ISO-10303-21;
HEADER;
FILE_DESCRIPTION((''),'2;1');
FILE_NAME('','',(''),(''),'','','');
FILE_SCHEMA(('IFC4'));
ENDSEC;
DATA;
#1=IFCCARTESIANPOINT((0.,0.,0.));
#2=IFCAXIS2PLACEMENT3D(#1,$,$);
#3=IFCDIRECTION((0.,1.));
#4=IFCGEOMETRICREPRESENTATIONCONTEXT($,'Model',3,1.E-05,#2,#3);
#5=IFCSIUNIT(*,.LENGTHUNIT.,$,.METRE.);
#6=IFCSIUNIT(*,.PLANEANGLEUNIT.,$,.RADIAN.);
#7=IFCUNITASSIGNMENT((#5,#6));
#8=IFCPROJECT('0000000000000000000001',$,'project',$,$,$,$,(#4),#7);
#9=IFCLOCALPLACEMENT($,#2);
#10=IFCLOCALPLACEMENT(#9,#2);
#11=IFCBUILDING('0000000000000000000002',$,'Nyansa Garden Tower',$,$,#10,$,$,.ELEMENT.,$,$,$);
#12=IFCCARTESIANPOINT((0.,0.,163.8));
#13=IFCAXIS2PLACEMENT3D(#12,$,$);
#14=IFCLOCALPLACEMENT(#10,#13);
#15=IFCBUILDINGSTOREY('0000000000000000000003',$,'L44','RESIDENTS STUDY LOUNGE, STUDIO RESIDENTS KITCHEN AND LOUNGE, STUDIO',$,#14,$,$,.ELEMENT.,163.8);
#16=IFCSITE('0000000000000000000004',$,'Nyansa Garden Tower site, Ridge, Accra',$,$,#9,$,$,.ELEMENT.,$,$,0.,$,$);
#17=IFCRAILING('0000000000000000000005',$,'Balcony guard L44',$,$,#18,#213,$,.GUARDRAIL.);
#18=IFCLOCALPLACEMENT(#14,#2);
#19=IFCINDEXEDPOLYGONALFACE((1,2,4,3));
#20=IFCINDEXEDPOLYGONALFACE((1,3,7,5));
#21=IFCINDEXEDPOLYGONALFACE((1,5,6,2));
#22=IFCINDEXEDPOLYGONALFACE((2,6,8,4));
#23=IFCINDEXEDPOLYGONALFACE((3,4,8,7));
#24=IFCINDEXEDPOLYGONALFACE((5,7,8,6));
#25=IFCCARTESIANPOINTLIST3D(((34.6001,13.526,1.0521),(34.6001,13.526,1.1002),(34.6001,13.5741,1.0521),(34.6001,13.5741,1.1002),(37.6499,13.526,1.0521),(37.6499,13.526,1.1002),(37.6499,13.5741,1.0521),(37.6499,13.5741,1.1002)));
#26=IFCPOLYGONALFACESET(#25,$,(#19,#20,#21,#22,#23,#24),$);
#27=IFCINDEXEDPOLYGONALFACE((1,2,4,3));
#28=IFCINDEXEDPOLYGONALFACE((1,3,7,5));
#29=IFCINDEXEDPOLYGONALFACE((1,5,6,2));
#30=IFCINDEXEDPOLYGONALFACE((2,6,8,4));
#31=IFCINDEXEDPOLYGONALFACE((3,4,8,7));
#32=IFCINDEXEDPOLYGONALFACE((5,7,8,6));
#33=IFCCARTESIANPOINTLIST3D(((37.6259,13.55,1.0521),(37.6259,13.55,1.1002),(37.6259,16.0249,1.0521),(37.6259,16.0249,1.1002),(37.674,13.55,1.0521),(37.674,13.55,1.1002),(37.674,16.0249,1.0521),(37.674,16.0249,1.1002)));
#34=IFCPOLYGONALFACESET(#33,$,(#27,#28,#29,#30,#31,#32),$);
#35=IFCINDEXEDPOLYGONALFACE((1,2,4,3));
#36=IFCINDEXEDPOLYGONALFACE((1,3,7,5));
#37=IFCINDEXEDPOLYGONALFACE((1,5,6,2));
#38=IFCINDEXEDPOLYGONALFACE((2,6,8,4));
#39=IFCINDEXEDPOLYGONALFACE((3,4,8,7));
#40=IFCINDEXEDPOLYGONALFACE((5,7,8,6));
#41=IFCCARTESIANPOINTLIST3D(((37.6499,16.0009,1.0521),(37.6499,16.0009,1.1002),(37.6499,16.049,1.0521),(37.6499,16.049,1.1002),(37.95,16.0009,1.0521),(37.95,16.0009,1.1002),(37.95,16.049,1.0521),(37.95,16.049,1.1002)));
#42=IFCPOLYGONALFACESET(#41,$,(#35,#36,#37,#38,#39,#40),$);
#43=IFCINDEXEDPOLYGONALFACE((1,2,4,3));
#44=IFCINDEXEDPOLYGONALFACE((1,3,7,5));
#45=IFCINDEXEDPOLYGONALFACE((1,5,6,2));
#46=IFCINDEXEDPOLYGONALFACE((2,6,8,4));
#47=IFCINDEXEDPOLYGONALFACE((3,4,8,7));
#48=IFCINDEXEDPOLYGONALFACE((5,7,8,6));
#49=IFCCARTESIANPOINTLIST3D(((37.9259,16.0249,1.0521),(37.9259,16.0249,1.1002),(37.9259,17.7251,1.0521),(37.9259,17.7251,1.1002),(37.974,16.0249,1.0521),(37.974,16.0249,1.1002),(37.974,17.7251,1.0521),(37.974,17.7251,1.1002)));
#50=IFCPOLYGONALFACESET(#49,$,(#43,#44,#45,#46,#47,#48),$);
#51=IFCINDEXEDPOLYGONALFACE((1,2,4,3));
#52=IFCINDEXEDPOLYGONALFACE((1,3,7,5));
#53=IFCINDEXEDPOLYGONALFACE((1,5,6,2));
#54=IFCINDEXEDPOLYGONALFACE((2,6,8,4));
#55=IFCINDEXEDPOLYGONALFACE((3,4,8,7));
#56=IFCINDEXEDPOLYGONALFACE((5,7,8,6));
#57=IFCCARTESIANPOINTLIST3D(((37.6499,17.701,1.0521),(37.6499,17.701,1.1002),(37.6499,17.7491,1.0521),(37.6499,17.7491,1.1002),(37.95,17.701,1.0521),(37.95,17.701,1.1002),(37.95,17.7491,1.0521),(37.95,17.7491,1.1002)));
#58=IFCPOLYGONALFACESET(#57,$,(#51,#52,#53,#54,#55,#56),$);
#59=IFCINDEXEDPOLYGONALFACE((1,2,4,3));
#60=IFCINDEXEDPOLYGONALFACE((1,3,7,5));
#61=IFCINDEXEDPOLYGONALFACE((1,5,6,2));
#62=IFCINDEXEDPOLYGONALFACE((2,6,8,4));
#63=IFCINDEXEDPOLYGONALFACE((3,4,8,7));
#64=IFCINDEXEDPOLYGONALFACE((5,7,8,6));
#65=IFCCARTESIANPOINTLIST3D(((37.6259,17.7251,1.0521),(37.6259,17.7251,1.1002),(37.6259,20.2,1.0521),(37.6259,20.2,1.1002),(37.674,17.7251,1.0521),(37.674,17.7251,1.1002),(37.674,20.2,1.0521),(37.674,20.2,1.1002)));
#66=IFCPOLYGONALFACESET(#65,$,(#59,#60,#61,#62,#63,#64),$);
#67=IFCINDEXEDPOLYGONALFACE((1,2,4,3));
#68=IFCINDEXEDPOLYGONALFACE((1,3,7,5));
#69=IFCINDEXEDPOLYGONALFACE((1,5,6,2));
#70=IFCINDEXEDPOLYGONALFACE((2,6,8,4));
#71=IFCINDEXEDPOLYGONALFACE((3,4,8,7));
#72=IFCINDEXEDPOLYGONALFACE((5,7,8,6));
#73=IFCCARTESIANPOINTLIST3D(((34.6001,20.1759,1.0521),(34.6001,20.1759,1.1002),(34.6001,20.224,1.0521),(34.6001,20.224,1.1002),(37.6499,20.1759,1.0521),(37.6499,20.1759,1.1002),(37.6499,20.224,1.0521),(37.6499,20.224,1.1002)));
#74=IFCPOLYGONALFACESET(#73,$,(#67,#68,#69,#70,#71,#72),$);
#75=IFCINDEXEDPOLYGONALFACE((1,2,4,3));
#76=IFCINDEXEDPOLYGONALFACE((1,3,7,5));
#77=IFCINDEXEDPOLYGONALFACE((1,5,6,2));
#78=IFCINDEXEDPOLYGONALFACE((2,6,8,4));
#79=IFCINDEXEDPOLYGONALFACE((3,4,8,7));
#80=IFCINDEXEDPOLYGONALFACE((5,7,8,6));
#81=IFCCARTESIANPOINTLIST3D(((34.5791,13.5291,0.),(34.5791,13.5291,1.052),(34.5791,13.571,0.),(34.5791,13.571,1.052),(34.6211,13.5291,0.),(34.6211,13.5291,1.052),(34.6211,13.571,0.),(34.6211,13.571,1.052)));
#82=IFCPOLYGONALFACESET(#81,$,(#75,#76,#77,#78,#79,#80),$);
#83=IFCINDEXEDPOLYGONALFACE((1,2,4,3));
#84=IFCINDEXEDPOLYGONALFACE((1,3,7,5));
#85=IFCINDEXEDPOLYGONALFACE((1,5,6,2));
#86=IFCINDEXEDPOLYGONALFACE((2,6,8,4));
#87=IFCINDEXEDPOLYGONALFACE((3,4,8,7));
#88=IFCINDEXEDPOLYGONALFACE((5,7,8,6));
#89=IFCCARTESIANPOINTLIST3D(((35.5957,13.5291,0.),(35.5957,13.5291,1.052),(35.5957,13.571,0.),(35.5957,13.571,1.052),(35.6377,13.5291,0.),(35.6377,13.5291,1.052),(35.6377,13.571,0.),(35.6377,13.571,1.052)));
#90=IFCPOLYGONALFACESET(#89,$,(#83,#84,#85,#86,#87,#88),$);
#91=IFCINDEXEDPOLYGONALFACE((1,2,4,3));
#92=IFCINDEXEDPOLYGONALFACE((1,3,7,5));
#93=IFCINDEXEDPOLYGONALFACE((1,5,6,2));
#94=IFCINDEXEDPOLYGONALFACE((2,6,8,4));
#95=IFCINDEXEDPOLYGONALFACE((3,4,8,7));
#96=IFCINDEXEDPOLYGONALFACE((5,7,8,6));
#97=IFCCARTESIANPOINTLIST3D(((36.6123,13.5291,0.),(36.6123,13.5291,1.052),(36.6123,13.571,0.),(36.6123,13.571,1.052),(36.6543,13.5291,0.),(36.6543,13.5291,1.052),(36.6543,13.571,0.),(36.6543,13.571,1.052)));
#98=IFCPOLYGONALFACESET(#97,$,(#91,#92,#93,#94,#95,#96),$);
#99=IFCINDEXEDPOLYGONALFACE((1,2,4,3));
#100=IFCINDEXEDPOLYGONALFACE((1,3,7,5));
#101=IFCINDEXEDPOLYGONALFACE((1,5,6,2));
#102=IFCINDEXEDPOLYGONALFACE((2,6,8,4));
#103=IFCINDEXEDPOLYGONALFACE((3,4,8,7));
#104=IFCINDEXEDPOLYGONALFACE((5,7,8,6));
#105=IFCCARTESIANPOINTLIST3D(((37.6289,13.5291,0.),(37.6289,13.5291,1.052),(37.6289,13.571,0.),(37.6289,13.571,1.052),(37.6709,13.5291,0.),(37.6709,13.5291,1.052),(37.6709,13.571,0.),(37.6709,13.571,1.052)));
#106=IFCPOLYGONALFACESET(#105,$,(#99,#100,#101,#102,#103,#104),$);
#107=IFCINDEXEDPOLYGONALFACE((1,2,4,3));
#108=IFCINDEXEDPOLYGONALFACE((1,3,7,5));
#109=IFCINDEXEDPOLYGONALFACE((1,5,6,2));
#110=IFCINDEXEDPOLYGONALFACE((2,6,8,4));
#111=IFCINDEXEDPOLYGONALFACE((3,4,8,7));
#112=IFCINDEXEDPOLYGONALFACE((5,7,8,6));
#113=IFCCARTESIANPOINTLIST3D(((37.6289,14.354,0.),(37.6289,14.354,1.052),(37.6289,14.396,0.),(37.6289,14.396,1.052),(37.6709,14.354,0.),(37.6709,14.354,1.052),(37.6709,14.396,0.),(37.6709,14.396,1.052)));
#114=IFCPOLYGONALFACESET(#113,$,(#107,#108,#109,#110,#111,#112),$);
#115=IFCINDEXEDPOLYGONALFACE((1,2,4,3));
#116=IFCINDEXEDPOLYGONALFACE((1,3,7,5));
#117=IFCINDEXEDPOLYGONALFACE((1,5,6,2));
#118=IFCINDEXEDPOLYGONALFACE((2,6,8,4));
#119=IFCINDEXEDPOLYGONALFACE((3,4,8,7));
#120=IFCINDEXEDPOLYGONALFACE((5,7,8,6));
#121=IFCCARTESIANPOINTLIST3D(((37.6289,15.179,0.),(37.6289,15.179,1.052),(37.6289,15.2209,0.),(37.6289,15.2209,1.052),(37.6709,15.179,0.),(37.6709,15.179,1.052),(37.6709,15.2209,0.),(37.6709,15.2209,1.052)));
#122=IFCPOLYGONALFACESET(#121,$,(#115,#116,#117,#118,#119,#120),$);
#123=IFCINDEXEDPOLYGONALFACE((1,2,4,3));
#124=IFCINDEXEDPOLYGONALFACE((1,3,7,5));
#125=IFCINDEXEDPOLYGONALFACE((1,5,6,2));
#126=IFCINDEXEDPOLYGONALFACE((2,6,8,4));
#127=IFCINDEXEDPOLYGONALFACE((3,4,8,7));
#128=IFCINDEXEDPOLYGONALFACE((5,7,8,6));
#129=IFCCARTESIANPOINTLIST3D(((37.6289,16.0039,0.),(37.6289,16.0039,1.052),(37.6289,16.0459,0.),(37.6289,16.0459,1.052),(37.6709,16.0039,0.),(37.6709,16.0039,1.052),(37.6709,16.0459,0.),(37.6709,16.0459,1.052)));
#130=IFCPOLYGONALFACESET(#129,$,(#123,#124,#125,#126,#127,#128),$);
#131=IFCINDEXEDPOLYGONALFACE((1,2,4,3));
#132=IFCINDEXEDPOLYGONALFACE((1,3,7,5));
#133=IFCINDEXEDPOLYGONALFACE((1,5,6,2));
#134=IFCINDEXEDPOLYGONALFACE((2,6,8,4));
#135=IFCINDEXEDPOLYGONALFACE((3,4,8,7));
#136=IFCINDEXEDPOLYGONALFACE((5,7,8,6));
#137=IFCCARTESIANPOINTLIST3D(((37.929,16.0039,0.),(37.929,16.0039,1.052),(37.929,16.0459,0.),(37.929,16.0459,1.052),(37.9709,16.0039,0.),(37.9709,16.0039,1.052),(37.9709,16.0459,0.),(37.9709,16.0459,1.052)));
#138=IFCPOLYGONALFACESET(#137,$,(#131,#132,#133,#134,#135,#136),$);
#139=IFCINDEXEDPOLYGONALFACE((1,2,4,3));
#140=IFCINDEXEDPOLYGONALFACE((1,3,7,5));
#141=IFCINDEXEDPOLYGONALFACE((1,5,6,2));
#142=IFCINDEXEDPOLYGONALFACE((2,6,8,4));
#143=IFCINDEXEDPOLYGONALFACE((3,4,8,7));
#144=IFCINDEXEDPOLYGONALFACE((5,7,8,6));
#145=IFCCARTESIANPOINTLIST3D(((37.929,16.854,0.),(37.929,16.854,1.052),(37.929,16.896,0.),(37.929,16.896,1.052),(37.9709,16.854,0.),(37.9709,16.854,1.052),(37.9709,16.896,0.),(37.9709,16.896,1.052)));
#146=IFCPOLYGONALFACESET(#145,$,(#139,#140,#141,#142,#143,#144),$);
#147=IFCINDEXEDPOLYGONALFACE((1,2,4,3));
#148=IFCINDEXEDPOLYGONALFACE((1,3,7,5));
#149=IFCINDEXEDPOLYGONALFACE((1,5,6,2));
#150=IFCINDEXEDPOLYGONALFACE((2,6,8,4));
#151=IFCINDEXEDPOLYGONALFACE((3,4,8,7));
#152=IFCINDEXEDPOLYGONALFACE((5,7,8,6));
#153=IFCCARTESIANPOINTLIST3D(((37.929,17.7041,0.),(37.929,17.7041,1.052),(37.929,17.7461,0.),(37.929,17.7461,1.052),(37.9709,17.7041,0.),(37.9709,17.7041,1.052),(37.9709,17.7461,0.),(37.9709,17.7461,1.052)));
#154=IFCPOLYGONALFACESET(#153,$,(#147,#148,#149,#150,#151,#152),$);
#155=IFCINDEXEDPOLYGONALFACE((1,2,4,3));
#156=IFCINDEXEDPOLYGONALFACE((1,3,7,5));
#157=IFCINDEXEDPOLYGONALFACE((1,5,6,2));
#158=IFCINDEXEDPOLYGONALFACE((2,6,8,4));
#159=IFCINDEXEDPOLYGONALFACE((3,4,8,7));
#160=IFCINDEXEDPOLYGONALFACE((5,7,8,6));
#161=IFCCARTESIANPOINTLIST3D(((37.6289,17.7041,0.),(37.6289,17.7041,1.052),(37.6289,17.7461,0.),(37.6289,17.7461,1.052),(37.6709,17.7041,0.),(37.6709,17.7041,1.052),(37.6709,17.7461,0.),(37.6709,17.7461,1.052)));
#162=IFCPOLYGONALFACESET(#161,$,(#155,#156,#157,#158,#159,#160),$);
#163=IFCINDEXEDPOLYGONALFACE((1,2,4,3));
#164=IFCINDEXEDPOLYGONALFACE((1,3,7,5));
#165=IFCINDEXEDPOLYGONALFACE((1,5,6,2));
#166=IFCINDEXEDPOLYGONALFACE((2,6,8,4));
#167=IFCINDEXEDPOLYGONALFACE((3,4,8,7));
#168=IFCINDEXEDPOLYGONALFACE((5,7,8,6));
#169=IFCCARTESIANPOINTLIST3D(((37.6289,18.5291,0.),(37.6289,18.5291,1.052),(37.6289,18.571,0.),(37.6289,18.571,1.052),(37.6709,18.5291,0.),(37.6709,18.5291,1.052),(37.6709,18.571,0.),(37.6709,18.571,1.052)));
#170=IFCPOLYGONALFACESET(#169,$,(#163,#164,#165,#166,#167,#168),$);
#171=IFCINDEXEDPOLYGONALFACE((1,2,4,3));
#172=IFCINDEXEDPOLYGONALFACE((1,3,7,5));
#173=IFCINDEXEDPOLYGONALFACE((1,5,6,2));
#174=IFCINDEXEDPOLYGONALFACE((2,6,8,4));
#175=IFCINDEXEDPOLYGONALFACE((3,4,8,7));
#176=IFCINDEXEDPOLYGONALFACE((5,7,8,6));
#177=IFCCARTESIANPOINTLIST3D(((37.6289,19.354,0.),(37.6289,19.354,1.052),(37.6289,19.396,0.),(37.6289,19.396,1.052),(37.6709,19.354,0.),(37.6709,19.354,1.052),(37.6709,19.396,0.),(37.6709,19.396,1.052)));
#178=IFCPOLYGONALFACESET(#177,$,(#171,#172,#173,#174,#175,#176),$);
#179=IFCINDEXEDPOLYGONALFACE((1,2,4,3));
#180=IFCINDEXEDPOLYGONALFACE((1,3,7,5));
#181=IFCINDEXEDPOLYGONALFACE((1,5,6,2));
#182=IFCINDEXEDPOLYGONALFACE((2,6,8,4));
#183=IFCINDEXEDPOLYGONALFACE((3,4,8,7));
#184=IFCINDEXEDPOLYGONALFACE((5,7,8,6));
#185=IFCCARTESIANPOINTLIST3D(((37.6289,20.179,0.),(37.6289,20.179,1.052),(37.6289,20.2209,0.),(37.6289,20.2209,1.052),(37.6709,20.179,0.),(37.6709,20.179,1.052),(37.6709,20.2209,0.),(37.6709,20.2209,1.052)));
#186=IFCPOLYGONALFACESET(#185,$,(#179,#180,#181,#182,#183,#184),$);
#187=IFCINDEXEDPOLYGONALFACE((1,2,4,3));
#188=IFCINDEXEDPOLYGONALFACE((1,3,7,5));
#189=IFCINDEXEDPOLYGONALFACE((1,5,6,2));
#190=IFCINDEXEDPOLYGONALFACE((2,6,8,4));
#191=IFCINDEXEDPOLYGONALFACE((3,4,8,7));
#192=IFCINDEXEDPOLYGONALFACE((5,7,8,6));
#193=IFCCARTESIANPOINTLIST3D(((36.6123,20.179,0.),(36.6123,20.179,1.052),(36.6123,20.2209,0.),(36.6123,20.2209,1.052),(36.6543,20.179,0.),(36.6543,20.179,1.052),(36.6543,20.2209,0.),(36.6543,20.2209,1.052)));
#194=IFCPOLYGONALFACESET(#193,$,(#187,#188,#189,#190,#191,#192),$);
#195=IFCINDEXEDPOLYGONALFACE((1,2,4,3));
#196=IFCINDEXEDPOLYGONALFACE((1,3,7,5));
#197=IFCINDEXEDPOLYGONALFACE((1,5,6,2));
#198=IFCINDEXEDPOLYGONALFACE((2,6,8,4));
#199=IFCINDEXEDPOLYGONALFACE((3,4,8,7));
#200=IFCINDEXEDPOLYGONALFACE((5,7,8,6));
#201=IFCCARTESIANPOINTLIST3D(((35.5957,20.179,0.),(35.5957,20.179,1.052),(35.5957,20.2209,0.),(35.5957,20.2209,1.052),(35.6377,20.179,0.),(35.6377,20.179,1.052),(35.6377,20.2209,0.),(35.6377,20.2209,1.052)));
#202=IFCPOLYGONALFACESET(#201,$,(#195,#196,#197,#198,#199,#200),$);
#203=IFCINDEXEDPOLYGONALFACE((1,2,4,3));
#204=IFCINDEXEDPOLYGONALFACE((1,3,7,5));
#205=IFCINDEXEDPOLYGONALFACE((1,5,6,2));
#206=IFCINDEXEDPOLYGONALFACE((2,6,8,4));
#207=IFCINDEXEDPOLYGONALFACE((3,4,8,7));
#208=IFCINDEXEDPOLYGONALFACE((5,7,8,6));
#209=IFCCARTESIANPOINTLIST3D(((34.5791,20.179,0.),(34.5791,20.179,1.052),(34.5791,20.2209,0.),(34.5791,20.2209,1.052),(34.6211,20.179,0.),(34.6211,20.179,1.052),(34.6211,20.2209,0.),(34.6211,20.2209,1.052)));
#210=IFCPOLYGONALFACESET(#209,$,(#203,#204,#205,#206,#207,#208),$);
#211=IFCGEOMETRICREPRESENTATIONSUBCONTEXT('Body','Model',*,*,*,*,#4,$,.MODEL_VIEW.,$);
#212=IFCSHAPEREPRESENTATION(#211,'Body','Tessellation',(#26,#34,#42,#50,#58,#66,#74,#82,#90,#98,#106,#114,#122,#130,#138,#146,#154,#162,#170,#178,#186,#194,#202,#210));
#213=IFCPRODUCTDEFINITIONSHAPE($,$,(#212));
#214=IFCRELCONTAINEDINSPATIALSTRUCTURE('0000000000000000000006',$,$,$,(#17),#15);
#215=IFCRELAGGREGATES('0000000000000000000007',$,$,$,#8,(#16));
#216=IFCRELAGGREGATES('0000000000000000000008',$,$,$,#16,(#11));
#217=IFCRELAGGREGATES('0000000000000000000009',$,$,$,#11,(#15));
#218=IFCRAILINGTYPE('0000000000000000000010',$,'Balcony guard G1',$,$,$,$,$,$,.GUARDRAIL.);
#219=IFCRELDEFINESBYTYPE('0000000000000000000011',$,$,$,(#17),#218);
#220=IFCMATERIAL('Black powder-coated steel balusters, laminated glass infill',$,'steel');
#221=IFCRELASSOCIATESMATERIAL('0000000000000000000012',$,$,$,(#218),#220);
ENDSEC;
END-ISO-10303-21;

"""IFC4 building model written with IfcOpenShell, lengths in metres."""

from ifc_helpers import new_model, si_unit, direction, frame, origin, origin_2d, place, context, subcontext, project, spatial, rectangle, extrude, material, type_object, element, save


model = new_model("IFC4")

# Units and contexts
model_context = context("Model", 3, precision=1e-05, world=origin(), true_north=direction((0.0, 1.0)))
body_context = subcontext(model_context, "Body", "Model", "MODEL_VIEW")
ifc_project = project(units=[si_unit("LENGTHUNIT", "METRE"), si_unit("PLANEANGLEUNIT", "RADIAN")], contexts=[model_context])

# Site, building, storey
site_placement = place(None, origin())
site = spatial("IfcSite", under=ifc_project, at=site_placement, Name="Nyansa Garden Tower site, Ridge, Accra", CompositionType="ELEMENT", RefElevation=0.0)
building_placement = place(site_placement, origin())
building = spatial("IfcBuilding", under=site, at=building_placement, Name="Nyansa Garden Tower", CompositionType="ELEMENT")
storey_placement = place(building_placement, frame((0.0, 0.0, 163.8)))
storey = spatial("IfcBuildingStorey", under=building, at=storey_placement, Name="L44", Description="RESIDENTS STUDY LOUNGE, STUDIO RESIDENTS KITCHEN AND LOUNGE, STUDIO", CompositionType="ELEMENT", Elevation=163.8)

# Railing
ifc_material_1 = material(Name="Black powder-coated steel balusters, laminated glass infill", Category="steel")
railing_type = type_object("IfcRailingType", Name="Balcony guard G1", PredefinedType="GUARDRAIL", material=ifc_material_1)
railing_placement = place(storey_placement, frame((34.6001, 13.55, 0.0)))
element("IfcRailing", 1, at=railing_placement, inside=storey, type_object=railing_type, Name="Balcony guard L44", PredefinedType="GUARDRAIL", context=body_context, shape_type="SweptSolid", body=[
    extrude(rectangle(XDim=0.0481, YDim=0.0481, at=origin_2d()), frame((0.0, 0.0, 1.0762), z_axis=(1.0, 0.0, 0.0), x_axis=(0.0, 1.0, 0.0)), (0.0, 0.0, 1.0), 3.0498),
    extrude(rectangle(XDim=0.0481, YDim=0.0481, at=origin_2d()), frame((3.0498, 0.0, 1.0762), z_axis=(0.0, 1.0, 0.0), x_axis=(-1.0, 0.0, 0.0)), (0.0, 0.0, 1.0), 2.4749),
    extrude(rectangle(XDim=0.0481, YDim=0.0481, at=origin_2d()), frame((3.0498, 2.4749, 1.0762), z_axis=(1.0, 0.0, 0.0), x_axis=(0.0, 1.0, 0.0)), (0.0, 0.0, 1.0), 0.3),
    extrude(rectangle(XDim=0.0481, YDim=0.0481, at=origin_2d()), frame((3.3499, 2.4749, 1.0762), z_axis=(0.0, 1.0, 0.0), x_axis=(-1.0, 0.0, 0.0)), (0.0, 0.0, 1.0), 1.7002),
    extrude(rectangle(XDim=0.0481, YDim=0.0481, at=origin_2d()), frame((3.3499, 4.175, 1.0762), z_axis=(-1.0, 0.0, 0.0), x_axis=(0.0, -1.0, 0.0)), (0.0, 0.0, 1.0), 0.3),
    extrude(rectangle(XDim=0.0481, YDim=0.0481, at=origin_2d()), frame((3.0498, 4.175, 1.0762), z_axis=(0.0, 1.0, 0.0), x_axis=(-1.0, 0.0, 0.0)), (0.0, 0.0, 1.0), 2.4749),
    extrude(rectangle(XDim=0.0481, YDim=0.0481, at=origin_2d()), frame((3.0498, 6.6499, 1.0762), z_axis=(-1.0, 0.0, 0.0), x_axis=(0.0, -1.0, 0.0)), (0.0, 0.0, 1.0), 3.0498),
    extrude(rectangle(XDim=0.042, YDim=0.042, at=origin_2d()), origin(), (0.0, 0.0, 1.0), 1.052),
    extrude(rectangle(XDim=0.042, YDim=0.042, at=origin_2d()), frame((1.0166, 0.0, 0.0)), (0.0, 0.0, 1.0), 1.052),
    extrude(rectangle(XDim=0.042, YDim=0.042, at=origin_2d()), frame((2.0332, 0.0, 0.0)), (0.0, 0.0, 1.0), 1.052),
    extrude(rectangle(XDim=0.042, YDim=0.042, at=origin_2d()), frame((3.0498, 0.0, 0.0)), (0.0, 0.0, 1.0), 1.052),
    extrude(rectangle(XDim=0.042, YDim=0.042, at=origin_2d()), frame((3.0498, 0.825, 0.0)), (0.0, 0.0, 1.0), 1.052),
    extrude(rectangle(XDim=0.042, YDim=0.042, at=origin_2d()), frame((3.0498, 1.6499, 0.0)), (0.0, 0.0, 1.0), 1.052),
    extrude(rectangle(XDim=0.042, YDim=0.042, at=origin_2d()), frame((3.0498, 2.4749, 0.0)), (0.0, 0.0, 1.0), 1.052),
    extrude(rectangle(XDim=0.042, YDim=0.042, at=origin_2d()), frame((3.3499, 2.4749, 0.0)), (0.0, 0.0, 1.0), 1.052),
    extrude(rectangle(XDim=0.042, YDim=0.042, at=origin_2d()), frame((3.3499, 3.325, 0.0)), (0.0, 0.0, 1.0), 1.052),
    extrude(rectangle(XDim=0.042, YDim=0.042, at=origin_2d()), frame((3.3499, 4.175, 0.0)), (0.0, 0.0, 1.0), 1.052),
    extrude(rectangle(XDim=0.042, YDim=0.042, at=origin_2d()), frame((3.0498, 4.175, 0.0)), (0.0, 0.0, 1.0), 1.052),
    extrude(rectangle(XDim=0.042, YDim=0.042, at=origin_2d()), frame((3.0498, 5.0, 0.0)), (0.0, 0.0, 1.0), 1.052),
    extrude(rectangle(XDim=0.042, YDim=0.042, at=origin_2d()), frame((3.0498, 5.825, 0.0)), (0.0, 0.0, 1.0), 1.052),
    extrude(rectangle(XDim=0.042, YDim=0.042, at=origin_2d()), frame((3.0498, 6.6499, 0.0)), (0.0, 0.0, 1.0), 1.052),
    extrude(rectangle(XDim=0.042, YDim=0.042, at=origin_2d()), frame((2.0332, 6.6499, 0.0)), (0.0, 0.0, 1.0), 1.052),
    extrude(rectangle(XDim=0.042, YDim=0.042, at=origin_2d()), frame((1.0166, 6.6499, 0.0)), (0.0, 0.0, 1.0), 1.052),
    extrude(rectangle(XDim=0.042, YDim=0.042, at=origin_2d()), frame((0.0, 6.6499, 0.0)), (0.0, 0.0, 1.0), 1.052),
])

save(model, "model.ifc")
